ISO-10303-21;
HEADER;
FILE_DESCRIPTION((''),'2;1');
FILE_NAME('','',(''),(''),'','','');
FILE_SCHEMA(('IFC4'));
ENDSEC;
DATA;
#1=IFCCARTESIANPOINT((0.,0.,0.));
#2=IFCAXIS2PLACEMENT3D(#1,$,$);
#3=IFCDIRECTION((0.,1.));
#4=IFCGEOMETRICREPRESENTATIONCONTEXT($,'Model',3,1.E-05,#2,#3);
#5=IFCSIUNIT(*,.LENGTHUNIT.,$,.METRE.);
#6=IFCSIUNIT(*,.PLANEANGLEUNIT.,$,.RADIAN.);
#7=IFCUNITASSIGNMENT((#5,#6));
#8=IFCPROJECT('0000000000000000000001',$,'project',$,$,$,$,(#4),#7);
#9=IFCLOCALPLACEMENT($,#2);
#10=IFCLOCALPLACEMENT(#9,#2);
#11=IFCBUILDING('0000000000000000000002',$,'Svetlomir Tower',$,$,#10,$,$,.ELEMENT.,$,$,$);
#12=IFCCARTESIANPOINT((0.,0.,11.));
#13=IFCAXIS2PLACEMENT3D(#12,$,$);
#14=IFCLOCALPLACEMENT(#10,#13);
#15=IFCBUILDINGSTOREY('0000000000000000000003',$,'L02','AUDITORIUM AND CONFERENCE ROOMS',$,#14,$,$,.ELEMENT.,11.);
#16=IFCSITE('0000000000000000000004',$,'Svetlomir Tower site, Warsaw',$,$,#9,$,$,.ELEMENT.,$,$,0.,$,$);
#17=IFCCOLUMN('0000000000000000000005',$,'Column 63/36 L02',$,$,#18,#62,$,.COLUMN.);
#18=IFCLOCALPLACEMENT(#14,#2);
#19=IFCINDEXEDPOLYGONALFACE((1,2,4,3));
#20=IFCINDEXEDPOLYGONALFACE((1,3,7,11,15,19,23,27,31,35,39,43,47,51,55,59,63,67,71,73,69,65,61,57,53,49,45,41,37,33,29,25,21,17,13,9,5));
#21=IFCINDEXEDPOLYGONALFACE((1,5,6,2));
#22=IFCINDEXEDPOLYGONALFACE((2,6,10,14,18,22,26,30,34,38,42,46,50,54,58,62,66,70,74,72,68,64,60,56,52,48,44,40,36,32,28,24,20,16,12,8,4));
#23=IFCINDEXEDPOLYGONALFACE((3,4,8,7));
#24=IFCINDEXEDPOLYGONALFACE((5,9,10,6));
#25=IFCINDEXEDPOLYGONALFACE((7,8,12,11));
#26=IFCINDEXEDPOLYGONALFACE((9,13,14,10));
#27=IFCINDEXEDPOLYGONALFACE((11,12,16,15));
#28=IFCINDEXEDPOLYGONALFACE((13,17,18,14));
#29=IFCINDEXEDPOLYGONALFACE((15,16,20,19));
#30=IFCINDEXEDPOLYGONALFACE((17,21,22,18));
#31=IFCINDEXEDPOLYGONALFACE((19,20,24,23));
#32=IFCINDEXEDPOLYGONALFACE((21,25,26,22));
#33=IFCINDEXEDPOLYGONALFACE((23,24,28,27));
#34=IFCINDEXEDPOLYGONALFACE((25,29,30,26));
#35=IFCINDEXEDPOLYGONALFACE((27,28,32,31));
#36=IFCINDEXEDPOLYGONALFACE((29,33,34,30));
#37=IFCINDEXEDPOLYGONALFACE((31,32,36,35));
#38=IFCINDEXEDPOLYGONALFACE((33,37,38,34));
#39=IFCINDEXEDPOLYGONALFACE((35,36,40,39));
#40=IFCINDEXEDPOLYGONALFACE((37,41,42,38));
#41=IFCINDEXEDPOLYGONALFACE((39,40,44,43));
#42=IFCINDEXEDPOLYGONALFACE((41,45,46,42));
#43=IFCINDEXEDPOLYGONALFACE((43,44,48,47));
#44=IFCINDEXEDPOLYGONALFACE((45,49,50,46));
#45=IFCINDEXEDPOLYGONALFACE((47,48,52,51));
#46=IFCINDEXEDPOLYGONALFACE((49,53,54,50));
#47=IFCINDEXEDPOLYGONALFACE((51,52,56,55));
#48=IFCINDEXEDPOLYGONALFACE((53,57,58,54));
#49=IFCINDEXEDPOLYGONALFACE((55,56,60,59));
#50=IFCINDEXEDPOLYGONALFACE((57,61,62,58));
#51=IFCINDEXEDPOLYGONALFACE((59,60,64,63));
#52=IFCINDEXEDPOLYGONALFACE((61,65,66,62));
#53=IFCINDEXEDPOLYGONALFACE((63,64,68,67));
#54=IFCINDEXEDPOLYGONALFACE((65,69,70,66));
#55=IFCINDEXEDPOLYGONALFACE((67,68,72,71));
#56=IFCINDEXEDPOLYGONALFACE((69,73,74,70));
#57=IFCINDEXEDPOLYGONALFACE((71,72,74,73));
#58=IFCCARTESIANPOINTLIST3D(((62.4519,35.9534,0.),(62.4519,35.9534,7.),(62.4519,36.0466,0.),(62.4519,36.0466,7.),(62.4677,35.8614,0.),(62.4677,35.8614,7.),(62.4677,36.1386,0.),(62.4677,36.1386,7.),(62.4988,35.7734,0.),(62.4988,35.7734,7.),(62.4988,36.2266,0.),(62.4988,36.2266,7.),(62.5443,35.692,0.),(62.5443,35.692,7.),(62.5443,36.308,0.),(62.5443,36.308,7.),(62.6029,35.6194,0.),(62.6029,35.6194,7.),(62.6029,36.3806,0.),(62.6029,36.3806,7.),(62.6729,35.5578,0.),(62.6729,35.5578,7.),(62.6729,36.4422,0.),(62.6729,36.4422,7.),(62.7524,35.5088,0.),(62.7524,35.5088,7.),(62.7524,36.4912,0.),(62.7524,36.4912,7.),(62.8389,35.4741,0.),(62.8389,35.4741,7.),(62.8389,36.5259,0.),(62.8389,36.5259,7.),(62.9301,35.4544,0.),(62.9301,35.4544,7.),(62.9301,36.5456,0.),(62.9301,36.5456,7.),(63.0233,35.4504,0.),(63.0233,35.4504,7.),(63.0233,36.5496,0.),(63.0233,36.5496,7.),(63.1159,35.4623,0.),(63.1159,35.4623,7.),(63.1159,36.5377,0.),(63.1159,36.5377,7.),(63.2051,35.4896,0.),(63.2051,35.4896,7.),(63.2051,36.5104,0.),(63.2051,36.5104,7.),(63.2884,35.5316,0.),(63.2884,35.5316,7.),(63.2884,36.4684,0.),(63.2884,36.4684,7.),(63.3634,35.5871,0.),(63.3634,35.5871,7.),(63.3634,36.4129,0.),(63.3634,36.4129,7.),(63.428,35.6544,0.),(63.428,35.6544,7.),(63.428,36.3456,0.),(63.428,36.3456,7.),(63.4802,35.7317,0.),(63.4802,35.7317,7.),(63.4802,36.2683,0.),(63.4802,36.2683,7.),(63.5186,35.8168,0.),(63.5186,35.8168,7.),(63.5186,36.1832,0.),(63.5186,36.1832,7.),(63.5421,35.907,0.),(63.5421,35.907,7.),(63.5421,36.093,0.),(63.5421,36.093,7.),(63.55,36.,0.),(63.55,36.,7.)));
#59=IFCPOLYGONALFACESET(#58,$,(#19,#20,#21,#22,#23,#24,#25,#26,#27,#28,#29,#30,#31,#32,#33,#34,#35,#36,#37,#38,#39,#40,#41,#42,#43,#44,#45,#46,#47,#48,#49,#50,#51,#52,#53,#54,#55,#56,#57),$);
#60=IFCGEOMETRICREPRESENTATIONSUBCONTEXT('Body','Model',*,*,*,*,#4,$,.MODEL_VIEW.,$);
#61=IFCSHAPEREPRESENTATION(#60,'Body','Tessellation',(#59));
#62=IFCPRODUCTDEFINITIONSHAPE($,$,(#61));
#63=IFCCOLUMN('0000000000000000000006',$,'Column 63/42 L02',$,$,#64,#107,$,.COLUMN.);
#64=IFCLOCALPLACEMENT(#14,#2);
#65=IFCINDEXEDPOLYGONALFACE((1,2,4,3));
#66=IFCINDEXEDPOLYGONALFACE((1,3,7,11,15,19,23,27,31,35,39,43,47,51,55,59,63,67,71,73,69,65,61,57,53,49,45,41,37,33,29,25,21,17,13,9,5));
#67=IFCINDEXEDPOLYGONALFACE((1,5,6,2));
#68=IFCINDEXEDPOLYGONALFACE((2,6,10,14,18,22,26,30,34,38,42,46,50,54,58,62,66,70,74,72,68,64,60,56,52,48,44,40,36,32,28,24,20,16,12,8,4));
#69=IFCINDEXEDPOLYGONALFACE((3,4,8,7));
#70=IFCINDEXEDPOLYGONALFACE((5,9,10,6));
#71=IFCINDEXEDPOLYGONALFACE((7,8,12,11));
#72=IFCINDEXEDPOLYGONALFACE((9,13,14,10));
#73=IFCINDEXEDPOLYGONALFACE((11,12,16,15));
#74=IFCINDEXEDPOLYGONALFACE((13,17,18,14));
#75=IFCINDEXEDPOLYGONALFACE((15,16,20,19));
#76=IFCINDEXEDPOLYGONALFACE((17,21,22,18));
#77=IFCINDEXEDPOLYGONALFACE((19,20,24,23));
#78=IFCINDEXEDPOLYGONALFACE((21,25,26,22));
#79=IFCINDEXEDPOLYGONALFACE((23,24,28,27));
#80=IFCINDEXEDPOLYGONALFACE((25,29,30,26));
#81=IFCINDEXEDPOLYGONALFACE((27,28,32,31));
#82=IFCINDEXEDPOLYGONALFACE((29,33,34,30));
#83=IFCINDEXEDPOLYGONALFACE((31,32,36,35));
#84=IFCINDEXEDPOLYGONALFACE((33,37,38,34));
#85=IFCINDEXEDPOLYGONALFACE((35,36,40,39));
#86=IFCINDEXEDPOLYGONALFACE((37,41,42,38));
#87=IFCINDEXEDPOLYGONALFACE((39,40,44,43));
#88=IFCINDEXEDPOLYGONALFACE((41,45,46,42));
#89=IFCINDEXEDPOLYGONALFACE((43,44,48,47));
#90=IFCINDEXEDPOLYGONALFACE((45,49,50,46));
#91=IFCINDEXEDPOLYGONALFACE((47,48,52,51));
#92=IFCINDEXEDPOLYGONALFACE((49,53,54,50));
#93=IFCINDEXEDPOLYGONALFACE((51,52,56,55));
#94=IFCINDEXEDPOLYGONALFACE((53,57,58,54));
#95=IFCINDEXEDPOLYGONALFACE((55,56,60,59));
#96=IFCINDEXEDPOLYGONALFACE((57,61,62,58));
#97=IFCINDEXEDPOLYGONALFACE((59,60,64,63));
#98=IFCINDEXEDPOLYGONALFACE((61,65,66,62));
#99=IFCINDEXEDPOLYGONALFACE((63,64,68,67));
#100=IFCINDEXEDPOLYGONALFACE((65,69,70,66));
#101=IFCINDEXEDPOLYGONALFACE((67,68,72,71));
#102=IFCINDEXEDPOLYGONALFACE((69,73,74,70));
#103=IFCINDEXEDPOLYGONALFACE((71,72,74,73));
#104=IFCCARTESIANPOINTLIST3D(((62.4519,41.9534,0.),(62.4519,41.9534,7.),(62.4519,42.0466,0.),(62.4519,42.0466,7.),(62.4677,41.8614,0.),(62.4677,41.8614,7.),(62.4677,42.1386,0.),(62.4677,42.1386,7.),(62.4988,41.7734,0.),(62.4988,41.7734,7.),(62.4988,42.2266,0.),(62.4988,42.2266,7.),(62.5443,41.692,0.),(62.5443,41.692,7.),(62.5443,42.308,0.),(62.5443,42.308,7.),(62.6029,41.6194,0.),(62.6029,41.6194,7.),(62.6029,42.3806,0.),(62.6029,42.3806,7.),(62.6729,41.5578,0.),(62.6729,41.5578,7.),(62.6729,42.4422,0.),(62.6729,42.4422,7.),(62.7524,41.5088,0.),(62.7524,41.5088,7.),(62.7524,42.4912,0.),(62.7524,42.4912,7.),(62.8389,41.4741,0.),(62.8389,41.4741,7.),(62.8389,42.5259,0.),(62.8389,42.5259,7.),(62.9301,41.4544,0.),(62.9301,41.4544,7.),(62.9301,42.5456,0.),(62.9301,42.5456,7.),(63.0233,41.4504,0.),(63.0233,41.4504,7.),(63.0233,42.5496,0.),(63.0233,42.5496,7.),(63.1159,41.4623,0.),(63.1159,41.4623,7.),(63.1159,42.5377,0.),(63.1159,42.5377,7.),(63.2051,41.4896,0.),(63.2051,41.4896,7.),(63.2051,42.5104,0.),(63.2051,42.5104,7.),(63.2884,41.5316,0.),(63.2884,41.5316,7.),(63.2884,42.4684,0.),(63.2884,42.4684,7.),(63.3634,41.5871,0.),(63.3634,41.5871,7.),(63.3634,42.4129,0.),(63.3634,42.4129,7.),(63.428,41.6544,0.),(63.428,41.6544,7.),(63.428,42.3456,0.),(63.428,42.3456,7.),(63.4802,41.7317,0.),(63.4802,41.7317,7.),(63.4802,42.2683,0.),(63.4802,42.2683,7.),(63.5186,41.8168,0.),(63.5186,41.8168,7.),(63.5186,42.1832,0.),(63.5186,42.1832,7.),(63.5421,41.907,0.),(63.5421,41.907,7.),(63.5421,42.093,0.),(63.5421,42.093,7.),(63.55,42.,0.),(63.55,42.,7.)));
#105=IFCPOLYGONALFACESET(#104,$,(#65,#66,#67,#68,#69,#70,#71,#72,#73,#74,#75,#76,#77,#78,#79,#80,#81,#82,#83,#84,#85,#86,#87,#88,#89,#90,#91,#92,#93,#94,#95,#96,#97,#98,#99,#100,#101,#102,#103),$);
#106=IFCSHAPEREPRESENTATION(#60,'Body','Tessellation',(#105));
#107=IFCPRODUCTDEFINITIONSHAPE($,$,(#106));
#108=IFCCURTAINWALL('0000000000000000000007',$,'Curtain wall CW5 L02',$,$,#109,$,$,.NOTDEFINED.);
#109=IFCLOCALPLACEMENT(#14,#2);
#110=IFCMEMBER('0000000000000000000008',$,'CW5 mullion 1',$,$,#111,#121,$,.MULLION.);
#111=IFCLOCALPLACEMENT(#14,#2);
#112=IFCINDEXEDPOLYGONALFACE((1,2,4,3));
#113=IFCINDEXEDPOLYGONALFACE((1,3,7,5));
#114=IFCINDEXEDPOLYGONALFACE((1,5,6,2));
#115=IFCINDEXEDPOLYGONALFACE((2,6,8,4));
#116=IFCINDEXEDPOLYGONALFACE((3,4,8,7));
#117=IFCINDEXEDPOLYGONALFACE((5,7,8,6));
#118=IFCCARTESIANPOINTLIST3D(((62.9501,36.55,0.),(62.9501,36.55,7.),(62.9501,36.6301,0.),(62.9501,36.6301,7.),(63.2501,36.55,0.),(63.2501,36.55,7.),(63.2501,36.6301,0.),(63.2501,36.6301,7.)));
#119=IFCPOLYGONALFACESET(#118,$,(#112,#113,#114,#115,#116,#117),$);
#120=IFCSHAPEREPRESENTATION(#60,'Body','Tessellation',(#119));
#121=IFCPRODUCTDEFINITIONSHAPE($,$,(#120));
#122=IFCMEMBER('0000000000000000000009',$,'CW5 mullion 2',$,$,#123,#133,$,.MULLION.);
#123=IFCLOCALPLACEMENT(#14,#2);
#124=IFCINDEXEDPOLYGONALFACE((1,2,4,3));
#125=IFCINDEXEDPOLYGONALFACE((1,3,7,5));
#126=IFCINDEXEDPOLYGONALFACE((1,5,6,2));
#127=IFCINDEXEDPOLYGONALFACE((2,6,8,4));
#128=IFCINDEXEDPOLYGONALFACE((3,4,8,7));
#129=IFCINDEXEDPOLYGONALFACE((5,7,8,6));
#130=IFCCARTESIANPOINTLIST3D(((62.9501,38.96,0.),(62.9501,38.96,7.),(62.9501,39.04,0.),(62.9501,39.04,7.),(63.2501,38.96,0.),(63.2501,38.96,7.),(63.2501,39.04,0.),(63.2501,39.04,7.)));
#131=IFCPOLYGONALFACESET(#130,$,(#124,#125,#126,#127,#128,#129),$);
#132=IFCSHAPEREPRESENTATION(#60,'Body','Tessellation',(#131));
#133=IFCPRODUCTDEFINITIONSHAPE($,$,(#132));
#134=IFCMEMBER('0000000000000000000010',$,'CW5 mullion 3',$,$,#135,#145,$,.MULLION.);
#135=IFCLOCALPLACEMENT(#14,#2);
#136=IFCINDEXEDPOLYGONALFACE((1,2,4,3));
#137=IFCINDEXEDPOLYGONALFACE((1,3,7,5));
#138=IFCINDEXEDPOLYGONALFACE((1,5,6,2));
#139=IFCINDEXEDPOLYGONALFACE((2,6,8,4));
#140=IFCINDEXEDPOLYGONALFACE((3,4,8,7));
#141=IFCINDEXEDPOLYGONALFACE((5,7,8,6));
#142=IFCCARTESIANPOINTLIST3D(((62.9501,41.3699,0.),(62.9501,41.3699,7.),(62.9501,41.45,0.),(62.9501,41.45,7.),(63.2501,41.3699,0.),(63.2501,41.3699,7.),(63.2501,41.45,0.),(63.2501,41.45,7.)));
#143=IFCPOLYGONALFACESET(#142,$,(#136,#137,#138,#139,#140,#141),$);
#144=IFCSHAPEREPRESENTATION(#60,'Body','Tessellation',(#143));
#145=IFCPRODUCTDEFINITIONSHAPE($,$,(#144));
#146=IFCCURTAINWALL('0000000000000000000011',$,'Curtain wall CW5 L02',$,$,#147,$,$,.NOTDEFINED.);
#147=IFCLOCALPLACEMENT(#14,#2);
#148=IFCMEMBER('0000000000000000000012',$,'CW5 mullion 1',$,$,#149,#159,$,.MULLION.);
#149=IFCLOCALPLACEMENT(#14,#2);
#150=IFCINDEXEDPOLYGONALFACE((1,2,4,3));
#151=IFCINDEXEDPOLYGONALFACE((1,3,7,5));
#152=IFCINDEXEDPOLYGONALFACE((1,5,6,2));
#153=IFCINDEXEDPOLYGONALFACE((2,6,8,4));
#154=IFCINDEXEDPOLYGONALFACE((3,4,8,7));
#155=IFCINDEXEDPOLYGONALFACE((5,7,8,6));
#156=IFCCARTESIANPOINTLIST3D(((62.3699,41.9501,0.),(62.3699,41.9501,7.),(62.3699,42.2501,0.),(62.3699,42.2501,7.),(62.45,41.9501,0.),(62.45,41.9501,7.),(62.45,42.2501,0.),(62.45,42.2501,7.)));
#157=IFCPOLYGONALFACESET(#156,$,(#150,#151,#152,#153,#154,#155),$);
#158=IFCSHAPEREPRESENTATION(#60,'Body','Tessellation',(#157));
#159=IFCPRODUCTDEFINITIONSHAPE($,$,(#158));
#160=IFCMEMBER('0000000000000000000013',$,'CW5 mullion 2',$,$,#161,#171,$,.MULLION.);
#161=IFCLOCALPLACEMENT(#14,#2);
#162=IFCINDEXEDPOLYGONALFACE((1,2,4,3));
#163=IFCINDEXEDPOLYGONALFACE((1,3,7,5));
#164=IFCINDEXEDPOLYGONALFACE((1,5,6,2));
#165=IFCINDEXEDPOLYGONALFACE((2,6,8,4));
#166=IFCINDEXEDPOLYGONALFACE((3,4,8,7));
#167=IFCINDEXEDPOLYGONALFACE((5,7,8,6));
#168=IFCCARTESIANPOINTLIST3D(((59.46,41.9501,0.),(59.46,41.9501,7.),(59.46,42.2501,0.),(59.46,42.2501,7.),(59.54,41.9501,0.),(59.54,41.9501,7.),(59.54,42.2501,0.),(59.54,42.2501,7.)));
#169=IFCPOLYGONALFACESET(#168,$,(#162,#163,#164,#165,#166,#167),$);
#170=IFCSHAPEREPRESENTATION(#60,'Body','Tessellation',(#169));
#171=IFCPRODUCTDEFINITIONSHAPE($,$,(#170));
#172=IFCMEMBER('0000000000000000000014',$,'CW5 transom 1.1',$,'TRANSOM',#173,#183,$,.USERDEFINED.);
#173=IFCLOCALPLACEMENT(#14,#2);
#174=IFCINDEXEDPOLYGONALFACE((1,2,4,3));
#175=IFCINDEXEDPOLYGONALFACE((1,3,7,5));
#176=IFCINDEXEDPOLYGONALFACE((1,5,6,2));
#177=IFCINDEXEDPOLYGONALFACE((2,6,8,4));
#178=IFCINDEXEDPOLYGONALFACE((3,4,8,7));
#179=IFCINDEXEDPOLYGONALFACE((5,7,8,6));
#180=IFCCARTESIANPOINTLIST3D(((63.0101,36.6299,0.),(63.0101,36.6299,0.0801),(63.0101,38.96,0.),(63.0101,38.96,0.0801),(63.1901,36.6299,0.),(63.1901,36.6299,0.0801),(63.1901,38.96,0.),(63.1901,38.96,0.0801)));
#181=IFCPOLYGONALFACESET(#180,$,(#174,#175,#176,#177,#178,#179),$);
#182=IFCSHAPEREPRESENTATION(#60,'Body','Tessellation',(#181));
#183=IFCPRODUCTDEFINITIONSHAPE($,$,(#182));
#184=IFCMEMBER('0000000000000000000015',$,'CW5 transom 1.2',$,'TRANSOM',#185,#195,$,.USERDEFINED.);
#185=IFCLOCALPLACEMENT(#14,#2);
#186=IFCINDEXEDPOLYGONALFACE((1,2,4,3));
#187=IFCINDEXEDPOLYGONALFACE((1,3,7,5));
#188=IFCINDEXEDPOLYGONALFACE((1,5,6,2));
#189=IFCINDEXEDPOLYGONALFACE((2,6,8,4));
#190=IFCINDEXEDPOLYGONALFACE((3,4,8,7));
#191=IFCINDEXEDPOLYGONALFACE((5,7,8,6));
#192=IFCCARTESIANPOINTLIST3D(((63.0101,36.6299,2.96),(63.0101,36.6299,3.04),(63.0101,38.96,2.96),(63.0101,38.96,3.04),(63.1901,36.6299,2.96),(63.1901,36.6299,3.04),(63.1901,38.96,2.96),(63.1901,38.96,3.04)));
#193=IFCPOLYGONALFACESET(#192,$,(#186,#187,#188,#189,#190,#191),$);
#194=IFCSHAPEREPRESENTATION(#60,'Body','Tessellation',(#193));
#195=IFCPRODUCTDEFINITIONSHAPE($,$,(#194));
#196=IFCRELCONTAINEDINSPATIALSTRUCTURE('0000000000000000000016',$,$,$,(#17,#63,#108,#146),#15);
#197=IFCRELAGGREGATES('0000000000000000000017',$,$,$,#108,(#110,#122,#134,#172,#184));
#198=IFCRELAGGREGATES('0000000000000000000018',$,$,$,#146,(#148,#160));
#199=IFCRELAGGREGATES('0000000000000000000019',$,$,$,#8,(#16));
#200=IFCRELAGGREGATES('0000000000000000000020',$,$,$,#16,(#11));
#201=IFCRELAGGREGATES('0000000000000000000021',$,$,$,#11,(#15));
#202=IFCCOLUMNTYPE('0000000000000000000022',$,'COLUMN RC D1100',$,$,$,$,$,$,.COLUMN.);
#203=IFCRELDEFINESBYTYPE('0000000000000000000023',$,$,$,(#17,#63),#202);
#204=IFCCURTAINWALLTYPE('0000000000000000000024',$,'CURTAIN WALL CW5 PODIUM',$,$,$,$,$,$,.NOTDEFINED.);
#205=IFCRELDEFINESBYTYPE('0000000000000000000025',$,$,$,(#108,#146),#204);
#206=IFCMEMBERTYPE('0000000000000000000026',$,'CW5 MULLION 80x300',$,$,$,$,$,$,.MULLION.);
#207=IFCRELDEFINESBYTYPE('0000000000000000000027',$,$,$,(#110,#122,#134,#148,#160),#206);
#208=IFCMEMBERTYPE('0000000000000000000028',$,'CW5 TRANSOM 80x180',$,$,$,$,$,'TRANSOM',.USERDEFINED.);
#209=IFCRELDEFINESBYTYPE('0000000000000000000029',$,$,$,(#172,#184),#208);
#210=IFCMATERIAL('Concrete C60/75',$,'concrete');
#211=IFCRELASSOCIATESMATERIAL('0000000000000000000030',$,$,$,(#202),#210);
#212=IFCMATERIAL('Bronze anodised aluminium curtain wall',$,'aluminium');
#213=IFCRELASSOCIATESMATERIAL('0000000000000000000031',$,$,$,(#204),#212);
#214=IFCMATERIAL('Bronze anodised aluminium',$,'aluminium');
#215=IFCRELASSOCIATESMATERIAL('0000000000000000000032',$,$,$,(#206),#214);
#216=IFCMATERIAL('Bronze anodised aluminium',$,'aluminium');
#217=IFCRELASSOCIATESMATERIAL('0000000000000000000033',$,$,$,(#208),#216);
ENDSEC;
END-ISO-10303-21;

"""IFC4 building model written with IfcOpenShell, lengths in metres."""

from ifc_helpers import new_model, si_unit, direction, frame, origin, origin_2d, place, context, subcontext, project, spatial, rectangle, circle, extrude, material, material_profile, profile_set, type_object, element, aggregate, save


model = new_model("IFC4")

# Units and contexts
model_context = context("Model", 3, precision=1e-05, world=origin(), true_north=direction((0.0, 1.0)))
body_context = subcontext(model_context, "Body", "Model", "MODEL_VIEW")
ifc_project = project(units=[si_unit("LENGTHUNIT", "METRE"), si_unit("PLANEANGLEUNIT", "RADIAN")], contexts=[model_context])

# Site, building, storey
site_placement = place(None, origin())
site = spatial("IfcSite", under=ifc_project, at=site_placement, Name="Svetlomir Tower site, Warsaw", CompositionType="ELEMENT", RefElevation=0.0)
building_placement = place(site_placement, origin())
building = spatial("IfcBuilding", under=site, at=building_placement, Name="Svetlomir Tower", CompositionType="ELEMENT")
storey_placement = place(building_placement, frame((0.0, 0.0, 11.0)))
storey = spatial("IfcBuildingStorey", under=building, at=storey_placement, Name="L02", Description="AUDITORIUM AND CONFERENCE ROOMS", CompositionType="ELEMENT", Elevation=11.0)

# Columns
ifc_material_1 = material(Name="Concrete C60/75", Category="concrete")
ifc_material_profile_1 = material_profile(ifc_material_1, circle(Radius=0.55, at=origin_2d()), Name="RC D1100")
ifc_profile_set_1 = profile_set([ifc_material_profile_1], Name="Concrete C60/75")
column_type = type_object("IfcColumnType", Name="COLUMN RC D1100", PredefinedType="COLUMN", material=ifc_profile_set_1)
for number, where, z_axis, x_axis, name in (
    (1, (63.0, 36.0, 0.0), (0.0, 0.0, 1.0), (1.0, 0.0, 0.0), "Column 63/36 L02"),
    (2, (63.0, 42.0, 0.0), (0.0, 0.0, 1.0), (1.0, 0.0, 0.0), "Column 63/42 L02"),
):
    element("IfcColumn", number, at=place(storey_placement, frame(where, z_axis=z_axis, x_axis=x_axis)), inside=storey, type_object=column_type, Name=name, PredefinedType="COLUMN", context=body_context, shape_type="SweptSolid", body=[
        extrude(circle(Radius=0.55, at=origin_2d()), origin(), (0.0, 0.0, 1.0), 7.0),
    ])

# Curtain walls, members
ifc_material_2 = material(Name="Bronze anodised aluminium curtain wall", Category="aluminium")
curtain_wall_type = type_object("IfcCurtainWallType", Name="CURTAIN WALL CW5 PODIUM", PredefinedType="NOTDEFINED", material=ifc_material_2)
curtain_wall_1_placement = place(storey_placement, origin())
curtain_wall_1 = element("IfcCurtainWall", 3, at=curtain_wall_1_placement, inside=storey, type_object=curtain_wall_type, Name="Curtain wall CW5 L02", PredefinedType="NOTDEFINED")
ifc_material_3 = material(Name="Bronze anodised aluminium", Category="aluminium")
ifc_material_profile_2 = material_profile(ifc_material_3, rectangle(XDim=0.0801, YDim=0.3, at=origin_2d()), Name="AL 80x300")
ifc_profile_set_2 = profile_set([ifc_material_profile_2], Name="Bronze anodised aluminium 6063-T6")
member_type_1 = type_object("IfcMemberType", Name="CW5 MULLION 80x300", PredefinedType="MULLION", material=ifc_profile_set_2)
member_1_placement = place(storey_placement, frame((63.1001, 36.5901, 0.0), z_axis=(0.0, 0.0, 1.0), x_axis=(0.0, 1.0, 0.0)))
member_1 = element("IfcMember", 4, at=member_1_placement, type_object=member_type_1, Name="CW5 mullion 1", PredefinedType="MULLION", context=body_context, shape_type="SweptSolid", body=[
    extrude(rectangle(XDim=0.0801, YDim=0.3, at=origin_2d()), origin(), (0.0, 0.0, 1.0), 7.0),
])
member_2_placement = place(storey_placement, frame((63.1001, 39.0, 0.0), z_axis=(0.0, 0.0, 1.0), x_axis=(0.0, 1.0, 0.0)))
member_2 = element("IfcMember", 5, at=member_2_placement, type_object=member_type_1, Name="CW5 mullion 2", PredefinedType="MULLION", context=body_context, shape_type="SweptSolid", body=[
    extrude(rectangle(XDim=0.0801, YDim=0.3, at=origin_2d()), origin(), (0.0, 0.0, 1.0), 7.0),
])
member_3_placement = place(storey_placement, frame((63.1001, 41.4099, 0.0), z_axis=(0.0, 0.0, 1.0), x_axis=(0.0, 1.0, 0.0)))
member_3 = element("IfcMember", 6, at=member_3_placement, type_object=member_type_1, Name="CW5 mullion 3", PredefinedType="MULLION", context=body_context, shape_type="SweptSolid", body=[
    extrude(rectangle(XDim=0.0801, YDim=0.3, at=origin_2d()), origin(), (0.0, 0.0, 1.0), 7.0),
])
curtain_wall_2_placement = place(storey_placement, origin())
curtain_wall_2 = element("IfcCurtainWall", 7, at=curtain_wall_2_placement, inside=storey, type_object=curtain_wall_type, Name="Curtain wall CW5 L02", PredefinedType="NOTDEFINED")
member_4_placement = place(storey_placement, frame((62.4099, 42.1001, 0.0), z_axis=(0.0, 0.0, 1.0), x_axis=(-1.0, 0.0, 0.0)))
member_4 = element("IfcMember", 8, at=member_4_placement, type_object=member_type_1, Name="CW5 mullion 1", PredefinedType="MULLION", context=body_context, shape_type="SweptSolid", body=[
    extrude(rectangle(XDim=0.0801, YDim=0.3, at=origin_2d()), origin(), (0.0, 0.0, 1.0), 7.0),
])
member_5_placement = place(storey_placement, frame((59.5, 42.1001, 0.0), z_axis=(0.0, 0.0, 1.0), x_axis=(-1.0, 0.0, 0.0)))
member_5 = element("IfcMember", 9, at=member_5_placement, type_object=member_type_1, Name="CW5 mullion 2", PredefinedType="MULLION", context=body_context, shape_type="SweptSolid", body=[
    extrude(rectangle(XDim=0.0801, YDim=0.3, at=origin_2d()), origin(), (0.0, 0.0, 1.0), 7.0),
])

# Members
ifc_material_4 = material(Name="Bronze anodised aluminium", Category="aluminium")
ifc_material_profile_3 = material_profile(ifc_material_4, rectangle(XDim=0.1799, YDim=0.0801, at=origin_2d()), Name="AL 180x80")
ifc_profile_set_3 = profile_set([ifc_material_profile_3], Name="Bronze anodised aluminium 6063-T6")
member_type_2 = type_object("IfcMemberType", Name="CW5 TRANSOM 80x180", ElementType="TRANSOM", PredefinedType="USERDEFINED", material=ifc_profile_set_3)
member_6_placement = place(storey_placement, frame((63.1001, 36.6299, 0.04), z_axis=(0.0, 1.0, 0.0), x_axis=(-1.0, 0.0, 0.0)))
member_6 = element("IfcMember", 10, at=member_6_placement, type_object=member_type_2, Name="CW5 transom 1.1", ObjectType="TRANSOM", PredefinedType="USERDEFINED", context=body_context, shape_type="SweptSolid", body=[
    extrude(rectangle(XDim=0.1799, YDim=0.0801, at=origin_2d()), origin(), (0.0, 0.0, 1.0), 2.3301),
])
member_7_placement = place(storey_placement, frame((63.1001, 36.6299, 3.0), z_axis=(0.0, 1.0, 0.0), x_axis=(-1.0, 0.0, 0.0)))
member_7 = element("IfcMember", 11, at=member_7_placement, type_object=member_type_2, Name="CW5 transom 1.2", ObjectType="TRANSOM", PredefinedType="USERDEFINED", context=body_context, shape_type="SweptSolid", body=[
    extrude(rectangle(XDim=0.1799, YDim=0.0801, at=origin_2d()), origin(), (0.0, 0.0, 1.0), 2.3301),
])

aggregate(curtain_wall_1, [member_1, member_2, member_3, member_6, member_7])
aggregate(curtain_wall_2, [member_4, member_5])

save(model, "model.ifc")
